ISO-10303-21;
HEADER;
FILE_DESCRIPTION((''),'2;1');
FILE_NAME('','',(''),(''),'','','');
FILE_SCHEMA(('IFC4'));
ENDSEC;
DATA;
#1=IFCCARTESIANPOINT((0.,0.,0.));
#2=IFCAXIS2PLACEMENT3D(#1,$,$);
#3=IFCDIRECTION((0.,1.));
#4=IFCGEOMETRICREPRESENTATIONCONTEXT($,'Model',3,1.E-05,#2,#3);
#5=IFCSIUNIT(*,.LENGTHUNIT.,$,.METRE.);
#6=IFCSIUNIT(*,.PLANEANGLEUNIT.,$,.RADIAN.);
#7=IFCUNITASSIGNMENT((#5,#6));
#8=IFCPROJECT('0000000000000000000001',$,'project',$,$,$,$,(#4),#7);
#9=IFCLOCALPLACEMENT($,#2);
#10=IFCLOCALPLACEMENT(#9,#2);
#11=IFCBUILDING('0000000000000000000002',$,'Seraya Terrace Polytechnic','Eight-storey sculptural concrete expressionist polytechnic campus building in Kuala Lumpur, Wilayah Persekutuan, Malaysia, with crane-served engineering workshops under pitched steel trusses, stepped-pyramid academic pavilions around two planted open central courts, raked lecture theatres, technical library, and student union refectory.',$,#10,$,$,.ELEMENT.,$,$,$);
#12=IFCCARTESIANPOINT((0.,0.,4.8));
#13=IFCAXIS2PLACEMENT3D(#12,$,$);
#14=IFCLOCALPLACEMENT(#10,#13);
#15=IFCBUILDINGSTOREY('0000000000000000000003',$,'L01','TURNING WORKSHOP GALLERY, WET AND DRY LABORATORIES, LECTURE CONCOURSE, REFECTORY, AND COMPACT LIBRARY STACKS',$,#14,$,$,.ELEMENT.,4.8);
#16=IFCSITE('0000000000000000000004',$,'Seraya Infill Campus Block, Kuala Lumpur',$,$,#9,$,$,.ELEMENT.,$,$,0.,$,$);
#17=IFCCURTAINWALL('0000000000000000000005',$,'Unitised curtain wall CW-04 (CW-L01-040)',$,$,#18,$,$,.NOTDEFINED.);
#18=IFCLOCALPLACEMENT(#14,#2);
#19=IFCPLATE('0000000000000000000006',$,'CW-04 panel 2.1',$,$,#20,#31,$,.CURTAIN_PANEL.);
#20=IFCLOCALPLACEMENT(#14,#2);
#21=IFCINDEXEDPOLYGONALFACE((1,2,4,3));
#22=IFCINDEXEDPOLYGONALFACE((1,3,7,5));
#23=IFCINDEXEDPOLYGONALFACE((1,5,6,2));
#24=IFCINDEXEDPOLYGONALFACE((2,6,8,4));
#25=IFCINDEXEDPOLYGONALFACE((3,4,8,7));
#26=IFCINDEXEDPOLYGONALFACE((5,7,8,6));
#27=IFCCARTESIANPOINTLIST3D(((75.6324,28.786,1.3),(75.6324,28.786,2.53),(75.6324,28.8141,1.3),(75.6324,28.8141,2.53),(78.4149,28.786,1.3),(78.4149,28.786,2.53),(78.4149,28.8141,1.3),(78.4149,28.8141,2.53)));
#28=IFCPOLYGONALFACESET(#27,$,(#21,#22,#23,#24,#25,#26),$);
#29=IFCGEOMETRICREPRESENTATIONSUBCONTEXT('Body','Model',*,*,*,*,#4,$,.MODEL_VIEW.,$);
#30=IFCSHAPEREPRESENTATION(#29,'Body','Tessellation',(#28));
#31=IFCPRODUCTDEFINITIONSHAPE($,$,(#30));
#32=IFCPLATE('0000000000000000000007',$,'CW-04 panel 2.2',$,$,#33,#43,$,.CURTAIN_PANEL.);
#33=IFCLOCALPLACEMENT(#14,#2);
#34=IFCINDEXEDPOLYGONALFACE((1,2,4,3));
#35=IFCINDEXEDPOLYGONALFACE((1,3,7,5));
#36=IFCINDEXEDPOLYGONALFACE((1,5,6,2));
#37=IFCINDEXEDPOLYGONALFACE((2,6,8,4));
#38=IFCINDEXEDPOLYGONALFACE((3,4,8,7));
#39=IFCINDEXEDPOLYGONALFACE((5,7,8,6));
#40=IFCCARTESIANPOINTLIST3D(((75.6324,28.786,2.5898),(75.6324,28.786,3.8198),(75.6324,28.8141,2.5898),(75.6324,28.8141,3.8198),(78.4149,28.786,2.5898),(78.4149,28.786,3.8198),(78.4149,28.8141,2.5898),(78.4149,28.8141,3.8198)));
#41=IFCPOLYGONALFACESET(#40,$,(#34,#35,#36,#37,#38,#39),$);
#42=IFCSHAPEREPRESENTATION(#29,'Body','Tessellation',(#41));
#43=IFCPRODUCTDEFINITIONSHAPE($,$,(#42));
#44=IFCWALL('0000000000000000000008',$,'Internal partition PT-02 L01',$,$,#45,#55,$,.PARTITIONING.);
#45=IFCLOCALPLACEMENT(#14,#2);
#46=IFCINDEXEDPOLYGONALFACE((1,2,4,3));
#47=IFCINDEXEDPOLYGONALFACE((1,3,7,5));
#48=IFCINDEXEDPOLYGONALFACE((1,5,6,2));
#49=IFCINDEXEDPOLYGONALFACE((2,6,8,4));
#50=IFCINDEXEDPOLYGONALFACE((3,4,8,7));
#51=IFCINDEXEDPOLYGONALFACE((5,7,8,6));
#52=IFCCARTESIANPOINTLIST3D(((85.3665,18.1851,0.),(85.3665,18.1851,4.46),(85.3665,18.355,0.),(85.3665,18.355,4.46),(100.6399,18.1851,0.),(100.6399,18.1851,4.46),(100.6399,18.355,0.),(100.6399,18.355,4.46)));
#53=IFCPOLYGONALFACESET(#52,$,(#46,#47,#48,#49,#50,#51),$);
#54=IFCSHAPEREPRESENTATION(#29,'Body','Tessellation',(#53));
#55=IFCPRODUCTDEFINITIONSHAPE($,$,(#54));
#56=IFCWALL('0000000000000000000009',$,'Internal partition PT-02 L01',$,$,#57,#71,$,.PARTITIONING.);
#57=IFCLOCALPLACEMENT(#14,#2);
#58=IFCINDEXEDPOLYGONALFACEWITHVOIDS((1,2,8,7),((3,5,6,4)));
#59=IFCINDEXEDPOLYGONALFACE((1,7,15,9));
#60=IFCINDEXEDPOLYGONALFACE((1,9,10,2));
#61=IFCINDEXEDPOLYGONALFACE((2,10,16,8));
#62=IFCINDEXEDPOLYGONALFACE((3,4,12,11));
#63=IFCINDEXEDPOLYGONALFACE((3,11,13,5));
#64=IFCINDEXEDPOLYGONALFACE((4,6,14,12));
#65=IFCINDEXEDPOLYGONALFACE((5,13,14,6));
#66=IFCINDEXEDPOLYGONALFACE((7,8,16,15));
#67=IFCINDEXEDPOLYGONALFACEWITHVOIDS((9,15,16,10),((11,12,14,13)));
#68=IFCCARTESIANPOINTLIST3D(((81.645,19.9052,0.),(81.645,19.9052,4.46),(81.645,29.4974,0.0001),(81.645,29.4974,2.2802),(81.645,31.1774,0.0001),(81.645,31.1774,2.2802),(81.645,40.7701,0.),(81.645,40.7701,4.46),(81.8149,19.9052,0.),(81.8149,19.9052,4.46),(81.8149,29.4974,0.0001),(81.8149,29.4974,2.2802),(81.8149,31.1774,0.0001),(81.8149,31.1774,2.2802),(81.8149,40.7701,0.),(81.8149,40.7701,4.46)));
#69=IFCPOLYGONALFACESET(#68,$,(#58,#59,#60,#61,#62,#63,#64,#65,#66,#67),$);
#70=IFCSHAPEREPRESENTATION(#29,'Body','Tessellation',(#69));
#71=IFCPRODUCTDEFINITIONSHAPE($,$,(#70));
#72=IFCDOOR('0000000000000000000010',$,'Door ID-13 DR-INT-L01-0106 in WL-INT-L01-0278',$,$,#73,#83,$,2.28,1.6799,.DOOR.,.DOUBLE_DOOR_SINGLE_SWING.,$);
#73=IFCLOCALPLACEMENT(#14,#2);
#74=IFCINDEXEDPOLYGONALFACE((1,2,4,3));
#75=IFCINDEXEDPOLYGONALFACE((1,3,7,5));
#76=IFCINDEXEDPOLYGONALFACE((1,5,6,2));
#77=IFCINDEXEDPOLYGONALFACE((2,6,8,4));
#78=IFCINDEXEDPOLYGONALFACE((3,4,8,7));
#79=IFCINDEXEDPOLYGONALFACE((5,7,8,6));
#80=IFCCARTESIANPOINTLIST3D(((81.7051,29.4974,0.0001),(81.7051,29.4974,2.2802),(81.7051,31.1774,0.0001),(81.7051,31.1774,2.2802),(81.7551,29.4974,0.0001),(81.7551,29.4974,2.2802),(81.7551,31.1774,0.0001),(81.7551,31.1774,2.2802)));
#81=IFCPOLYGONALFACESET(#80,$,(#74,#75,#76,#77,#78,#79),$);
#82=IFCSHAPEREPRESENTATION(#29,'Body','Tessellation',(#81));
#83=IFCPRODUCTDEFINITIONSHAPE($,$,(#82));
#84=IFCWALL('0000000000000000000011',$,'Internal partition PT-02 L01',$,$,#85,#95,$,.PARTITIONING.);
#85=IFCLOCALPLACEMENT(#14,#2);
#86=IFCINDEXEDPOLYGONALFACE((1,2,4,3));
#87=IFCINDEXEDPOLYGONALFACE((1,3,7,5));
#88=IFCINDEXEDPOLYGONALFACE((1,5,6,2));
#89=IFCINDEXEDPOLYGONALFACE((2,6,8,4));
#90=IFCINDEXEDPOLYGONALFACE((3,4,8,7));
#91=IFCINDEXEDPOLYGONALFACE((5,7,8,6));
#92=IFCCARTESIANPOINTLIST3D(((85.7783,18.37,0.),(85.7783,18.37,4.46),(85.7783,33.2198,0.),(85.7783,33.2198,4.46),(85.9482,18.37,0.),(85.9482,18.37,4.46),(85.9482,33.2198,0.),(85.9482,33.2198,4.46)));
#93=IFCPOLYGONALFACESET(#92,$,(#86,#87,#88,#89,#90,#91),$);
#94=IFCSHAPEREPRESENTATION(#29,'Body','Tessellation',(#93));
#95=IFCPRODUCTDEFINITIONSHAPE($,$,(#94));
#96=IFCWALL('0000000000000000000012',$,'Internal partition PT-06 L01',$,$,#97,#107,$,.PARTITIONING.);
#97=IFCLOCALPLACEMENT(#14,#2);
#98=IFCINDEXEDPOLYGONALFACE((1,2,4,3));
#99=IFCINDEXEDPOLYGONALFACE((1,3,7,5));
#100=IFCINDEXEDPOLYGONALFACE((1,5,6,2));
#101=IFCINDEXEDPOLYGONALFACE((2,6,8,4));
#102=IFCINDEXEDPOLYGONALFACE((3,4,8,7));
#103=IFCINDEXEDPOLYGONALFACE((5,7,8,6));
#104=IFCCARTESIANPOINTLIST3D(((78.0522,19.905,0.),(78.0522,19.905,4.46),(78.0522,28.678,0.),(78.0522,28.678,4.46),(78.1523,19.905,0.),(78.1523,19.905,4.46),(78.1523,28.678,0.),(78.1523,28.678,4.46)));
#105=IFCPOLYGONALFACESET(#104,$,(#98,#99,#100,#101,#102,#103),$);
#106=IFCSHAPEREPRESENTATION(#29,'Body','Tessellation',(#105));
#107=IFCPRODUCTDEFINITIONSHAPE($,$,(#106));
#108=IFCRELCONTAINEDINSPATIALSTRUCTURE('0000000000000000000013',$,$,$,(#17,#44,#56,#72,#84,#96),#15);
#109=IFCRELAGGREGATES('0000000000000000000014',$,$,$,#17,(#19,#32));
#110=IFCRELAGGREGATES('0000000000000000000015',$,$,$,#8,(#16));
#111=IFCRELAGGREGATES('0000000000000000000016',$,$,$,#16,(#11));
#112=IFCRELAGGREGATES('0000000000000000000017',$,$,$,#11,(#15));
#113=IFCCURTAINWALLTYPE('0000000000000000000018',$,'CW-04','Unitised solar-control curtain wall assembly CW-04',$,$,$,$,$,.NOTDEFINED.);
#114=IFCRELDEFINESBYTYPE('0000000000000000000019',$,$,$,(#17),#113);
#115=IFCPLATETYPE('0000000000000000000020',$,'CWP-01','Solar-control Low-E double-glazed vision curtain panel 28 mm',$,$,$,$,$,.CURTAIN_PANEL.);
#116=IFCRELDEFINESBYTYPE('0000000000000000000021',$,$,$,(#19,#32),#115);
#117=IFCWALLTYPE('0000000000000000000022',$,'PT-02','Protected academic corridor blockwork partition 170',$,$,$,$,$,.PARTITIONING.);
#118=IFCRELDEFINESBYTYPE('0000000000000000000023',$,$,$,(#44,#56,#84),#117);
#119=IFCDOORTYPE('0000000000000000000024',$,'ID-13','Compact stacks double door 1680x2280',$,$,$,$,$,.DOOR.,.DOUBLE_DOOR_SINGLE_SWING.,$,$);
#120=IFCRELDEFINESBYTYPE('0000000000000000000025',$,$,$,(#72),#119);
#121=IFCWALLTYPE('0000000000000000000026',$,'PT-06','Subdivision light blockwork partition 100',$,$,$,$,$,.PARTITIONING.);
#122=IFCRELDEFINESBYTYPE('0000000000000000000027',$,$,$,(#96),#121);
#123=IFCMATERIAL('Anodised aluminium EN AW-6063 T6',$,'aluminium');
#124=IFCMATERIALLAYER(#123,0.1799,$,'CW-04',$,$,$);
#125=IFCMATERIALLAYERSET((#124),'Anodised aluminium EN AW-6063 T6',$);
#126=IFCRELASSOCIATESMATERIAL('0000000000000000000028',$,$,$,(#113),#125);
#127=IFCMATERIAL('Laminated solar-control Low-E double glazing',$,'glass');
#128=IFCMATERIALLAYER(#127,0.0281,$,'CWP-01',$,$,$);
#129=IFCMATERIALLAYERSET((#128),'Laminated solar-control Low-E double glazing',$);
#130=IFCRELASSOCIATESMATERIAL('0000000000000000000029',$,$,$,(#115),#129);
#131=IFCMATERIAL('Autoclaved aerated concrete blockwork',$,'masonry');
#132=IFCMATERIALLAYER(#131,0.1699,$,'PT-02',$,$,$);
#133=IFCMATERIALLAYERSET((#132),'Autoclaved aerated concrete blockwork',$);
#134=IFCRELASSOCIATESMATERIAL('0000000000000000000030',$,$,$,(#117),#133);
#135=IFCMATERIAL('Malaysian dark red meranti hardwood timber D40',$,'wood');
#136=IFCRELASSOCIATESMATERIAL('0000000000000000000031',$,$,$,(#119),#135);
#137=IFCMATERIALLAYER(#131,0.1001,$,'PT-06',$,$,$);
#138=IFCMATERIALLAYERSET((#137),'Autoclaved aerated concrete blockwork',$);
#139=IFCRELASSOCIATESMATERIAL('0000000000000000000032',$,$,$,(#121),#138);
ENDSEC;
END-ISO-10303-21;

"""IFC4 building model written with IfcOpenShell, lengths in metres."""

from ifc_helpers import new_model, si_unit, direction, frame, frame_2d, origin, origin_2d, place, context, subcontext, project, spatial, rectangle, extrude, material, layer, layer_set, type_object, element, fill, aggregate, save


model = new_model("IFC4")

# Units and contexts
model_context = context("Model", 3, precision=1e-05, world=origin(), true_north=direction((0.0, 1.0)))
body_context = subcontext(model_context, "Body", "Model", "MODEL_VIEW")
ifc_project = project(units=[si_unit("LENGTHUNIT", "METRE"), si_unit("PLANEANGLEUNIT", "RADIAN")], contexts=[model_context])

# Site, building, storey
site_placement = place(None, origin())
site = spatial("IfcSite", under=ifc_project, at=site_placement, Name="Seraya Infill Campus Block, Kuala Lumpur", CompositionType="ELEMENT", RefElevation=0.0)
building_placement = place(site_placement, origin())
building = spatial("IfcBuilding", under=site, at=building_placement, Name="Seraya Terrace Polytechnic", Description="Eight-storey sculptural concrete expressionist polytechnic campus building in Kuala Lumpur, Wilayah Persekutuan, Malaysia, with crane-served engineering workshops under pitched steel trusses, stepped-pyramid academic pavilions around two planted open central courts, raked lecture theatres, technical library, and student union refectory.", CompositionType="ELEMENT")
storey_placement = place(building_placement, frame((0.0, 0.0, 4.8)))
storey = spatial("IfcBuildingStorey", under=building, at=storey_placement, Name="L01", Description="TURNING WORKSHOP GALLERY, WET AND DRY LABORATORIES, LECTURE CONCOURSE, REFECTORY, AND COMPACT LIBRARY STACKS", CompositionType="ELEMENT", Elevation=4.8)

# Curtain wall, plates
ifc_material_1 = material(Name="Anodised aluminium EN AW-6063 T6", Category="aluminium")
ifc_layer_1 = layer(ifc_material_1, 0.1799, Name="CW-04")
ifc_layer_set_1 = layer_set([ifc_layer_1], Name="Anodised aluminium EN AW-6063 T6")
curtain_wall_type = type_object("IfcCurtainWallType", Name="CW-04", Description="Unitised solar-control curtain wall assembly CW-04", PredefinedType="NOTDEFINED", material=ifc_layer_set_1)
curtain_wall_placement = place(storey_placement, origin())
curtain_wall = element("IfcCurtainWall", 1, at=curtain_wall_placement, inside=storey, type_object=curtain_wall_type, Name="Unitised curtain wall CW-04 (CW-L01-040)", PredefinedType="NOTDEFINED")
ifc_material_2 = material(Name="Laminated solar-control Low-E double glazing", Category="glass")
ifc_layer_2 = layer(ifc_material_2, 0.0281, Name="CWP-01")
ifc_layer_set_2 = layer_set([ifc_layer_2], Name="Laminated solar-control Low-E double glazing")
plate_type = type_object("IfcPlateType", Name="CWP-01", Description="Solar-control Low-E double-glazed vision curtain panel 28 mm", PredefinedType="CURTAIN_PANEL", material=ifc_layer_set_2)
plate_1_placement = place(storey_placement, frame((77.0237, 28.8, 1.3), z_axis=(0.0, 0.0, 1.0), x_axis=(1.0, 0.0, 0.0)))
plate_1 = element("IfcPlate", 2, at=plate_1_placement, type_object=plate_type, Name="CW-04 panel 2.1", PredefinedType="CURTAIN_PANEL", context=body_context, shape_type="SweptSolid", body=[
    extrude(rectangle(XDim=2.7825, YDim=0.0281, at=origin_2d()), origin(), (0.0, 0.0, 1.0), 1.23),
])
plate_2_placement = place(storey_placement, frame((77.0237, 28.8, 2.5898), z_axis=(0.0, 0.0, 1.0), x_axis=(1.0, 0.0, 0.0)))
plate_2 = element("IfcPlate", 3, at=plate_2_placement, type_object=plate_type, Name="CW-04 panel 2.2", PredefinedType="CURTAIN_PANEL", context=body_context, shape_type="SweptSolid", body=[
    extrude(rectangle(XDim=2.7825, YDim=0.0281, at=origin_2d()), origin(), (0.0, 0.0, 1.0), 1.23),
])
aggregate(curtain_wall, [plate_1, plate_2])

# Wall
ifc_material_3 = material(Name="Autoclaved aerated concrete blockwork", Category="masonry")
ifc_layer_3 = layer(ifc_material_3, 0.1699, Name="PT-02")
ifc_layer_set_3 = layer_set([ifc_layer_3], Name="Autoclaved aerated concrete blockwork")
wall_type_1 = type_object("IfcWallType", Name="PT-02", Description="Protected academic corridor blockwork partition 170", PredefinedType="PARTITIONING", material=ifc_layer_set_3)
wall_1_placement = place(storey_placement, frame((85.3665, 18.27, 0.0), z_axis=(0.0, 0.0, 1.0), x_axis=(1.0, 0.0, 0.0)))
element("IfcWall", 4, at=wall_1_placement, inside=storey, type_object=wall_type_1, Name="Internal partition PT-02 L01", PredefinedType="PARTITIONING", context=body_context, shape_type="SweptSolid", body=[
    extrude(rectangle(XDim=15.2734, YDim=0.1699, at=frame_2d((7.6367, 0.0))), origin(), (0.0, 0.0, 1.0), 4.46),
])

# Wall, opening, door
wall_2_placement = place(storey_placement, frame((81.73, 19.905, 0.0), z_axis=(0.0, 0.0, 1.0), x_axis=(0.0, 1.0, 0.0)))
wall_2 = element("IfcWall", 5, at=wall_2_placement, inside=storey, type_object=wall_type_1, Name="Internal partition PT-02 L01", PredefinedType="PARTITIONING", context=body_context, shape_type="SweptSolid", body=[
    extrude(rectangle(XDim=20.865, YDim=0.1699, at=frame_2d((10.4326, 0.0))), origin(), (0.0, 0.0, 1.0), 4.46),
])
opening_placement = place(wall_2_placement, frame((9.5925, 0.0, 0.0)))
opening = element("IfcOpeningElement", 6, at=opening_placement, cuts=wall_2, PredefinedType="OPENING", context=body_context, shape_type="SweptSolid", body=[
    extrude(rectangle(XDim=1.6799, YDim=2.28, at=frame_2d((0.8398, 1.1401))), frame((0.0, 0.0969, 0.0), z_axis=(0.0, -1.0, 0.0), x_axis=(1.0, 0.0, 0.0)), (0.0, 0.0, 1.0), 0.1938),
])
ifc_material_4 = material(Name="Malaysian dark red meranti hardwood timber D40", Category="wood")
door_type = type_object("IfcDoorType", Name="ID-13", Description="Compact stacks double door 1680x2280", OperationType="DOUBLE_DOOR_SINGLE_SWING", PredefinedType="DOOR", material=ifc_material_4)
door_placement = place(opening_placement, origin())
door = element("IfcDoor", 7, at=door_placement, inside=storey, type_object=door_type, Name="Door ID-13 DR-INT-L01-0106 in WL-INT-L01-0278", OperationType="DOUBLE_DOOR_SINGLE_SWING", OverallHeight=2.28, OverallWidth=1.6799, PredefinedType="DOOR", context=body_context, shape_type="SweptSolid", body=[
    extrude(rectangle(XDim=1.6799, YDim=2.28, at=frame_2d((0.8398, 1.1401))), frame((0.0, 0.0249, 0.0), z_axis=(0.0, -1.0, 0.0), x_axis=(1.0, 0.0, 0.0)), (0.0, 0.0, 1.0), 0.05),
])
fill(opening, door)

# Walls
wall_3_placement = place(storey_placement, frame((85.8633, 18.3701, 0.0), z_axis=(0.0, 0.0, 1.0), x_axis=(0.0, 1.0, 0.0)))
element("IfcWall", 8, at=wall_3_placement, inside=storey, type_object=wall_type_1, Name="Internal partition PT-02 L01", PredefinedType="PARTITIONING", context=body_context, shape_type="SweptSolid", body=[
    extrude(rectangle(XDim=14.8499, YDim=0.1699, at=frame_2d((7.4248, 0.0))), origin(), (0.0, 0.0, 1.0), 4.46),
])
ifc_layer_4 = layer(ifc_material_3, 0.1001, Name="PT-06")
ifc_layer_set_4 = layer_set([ifc_layer_4], Name="Autoclaved aerated concrete blockwork")
wall_type_2 = type_object("IfcWallType", Name="PT-06", Description="Subdivision light blockwork partition 100", PredefinedType="PARTITIONING", material=ifc_layer_set_4)
wall_4_placement = place(storey_placement, frame((78.1023, 19.905, 0.0), z_axis=(0.0, 0.0, 1.0), x_axis=(0.0, 1.0, 0.0)))
element("IfcWall", 9, at=wall_4_placement, inside=storey, type_object=wall_type_2, Name="Internal partition PT-06 L01", PredefinedType="PARTITIONING", context=body_context, shape_type="SweptSolid", body=[
    extrude(rectangle(XDim=8.7729, YDim=0.1001, at=frame_2d((4.3865, 0.0))), origin(), (0.0, 0.0, 1.0), 4.46),
])

save(model, "model.ifc")
